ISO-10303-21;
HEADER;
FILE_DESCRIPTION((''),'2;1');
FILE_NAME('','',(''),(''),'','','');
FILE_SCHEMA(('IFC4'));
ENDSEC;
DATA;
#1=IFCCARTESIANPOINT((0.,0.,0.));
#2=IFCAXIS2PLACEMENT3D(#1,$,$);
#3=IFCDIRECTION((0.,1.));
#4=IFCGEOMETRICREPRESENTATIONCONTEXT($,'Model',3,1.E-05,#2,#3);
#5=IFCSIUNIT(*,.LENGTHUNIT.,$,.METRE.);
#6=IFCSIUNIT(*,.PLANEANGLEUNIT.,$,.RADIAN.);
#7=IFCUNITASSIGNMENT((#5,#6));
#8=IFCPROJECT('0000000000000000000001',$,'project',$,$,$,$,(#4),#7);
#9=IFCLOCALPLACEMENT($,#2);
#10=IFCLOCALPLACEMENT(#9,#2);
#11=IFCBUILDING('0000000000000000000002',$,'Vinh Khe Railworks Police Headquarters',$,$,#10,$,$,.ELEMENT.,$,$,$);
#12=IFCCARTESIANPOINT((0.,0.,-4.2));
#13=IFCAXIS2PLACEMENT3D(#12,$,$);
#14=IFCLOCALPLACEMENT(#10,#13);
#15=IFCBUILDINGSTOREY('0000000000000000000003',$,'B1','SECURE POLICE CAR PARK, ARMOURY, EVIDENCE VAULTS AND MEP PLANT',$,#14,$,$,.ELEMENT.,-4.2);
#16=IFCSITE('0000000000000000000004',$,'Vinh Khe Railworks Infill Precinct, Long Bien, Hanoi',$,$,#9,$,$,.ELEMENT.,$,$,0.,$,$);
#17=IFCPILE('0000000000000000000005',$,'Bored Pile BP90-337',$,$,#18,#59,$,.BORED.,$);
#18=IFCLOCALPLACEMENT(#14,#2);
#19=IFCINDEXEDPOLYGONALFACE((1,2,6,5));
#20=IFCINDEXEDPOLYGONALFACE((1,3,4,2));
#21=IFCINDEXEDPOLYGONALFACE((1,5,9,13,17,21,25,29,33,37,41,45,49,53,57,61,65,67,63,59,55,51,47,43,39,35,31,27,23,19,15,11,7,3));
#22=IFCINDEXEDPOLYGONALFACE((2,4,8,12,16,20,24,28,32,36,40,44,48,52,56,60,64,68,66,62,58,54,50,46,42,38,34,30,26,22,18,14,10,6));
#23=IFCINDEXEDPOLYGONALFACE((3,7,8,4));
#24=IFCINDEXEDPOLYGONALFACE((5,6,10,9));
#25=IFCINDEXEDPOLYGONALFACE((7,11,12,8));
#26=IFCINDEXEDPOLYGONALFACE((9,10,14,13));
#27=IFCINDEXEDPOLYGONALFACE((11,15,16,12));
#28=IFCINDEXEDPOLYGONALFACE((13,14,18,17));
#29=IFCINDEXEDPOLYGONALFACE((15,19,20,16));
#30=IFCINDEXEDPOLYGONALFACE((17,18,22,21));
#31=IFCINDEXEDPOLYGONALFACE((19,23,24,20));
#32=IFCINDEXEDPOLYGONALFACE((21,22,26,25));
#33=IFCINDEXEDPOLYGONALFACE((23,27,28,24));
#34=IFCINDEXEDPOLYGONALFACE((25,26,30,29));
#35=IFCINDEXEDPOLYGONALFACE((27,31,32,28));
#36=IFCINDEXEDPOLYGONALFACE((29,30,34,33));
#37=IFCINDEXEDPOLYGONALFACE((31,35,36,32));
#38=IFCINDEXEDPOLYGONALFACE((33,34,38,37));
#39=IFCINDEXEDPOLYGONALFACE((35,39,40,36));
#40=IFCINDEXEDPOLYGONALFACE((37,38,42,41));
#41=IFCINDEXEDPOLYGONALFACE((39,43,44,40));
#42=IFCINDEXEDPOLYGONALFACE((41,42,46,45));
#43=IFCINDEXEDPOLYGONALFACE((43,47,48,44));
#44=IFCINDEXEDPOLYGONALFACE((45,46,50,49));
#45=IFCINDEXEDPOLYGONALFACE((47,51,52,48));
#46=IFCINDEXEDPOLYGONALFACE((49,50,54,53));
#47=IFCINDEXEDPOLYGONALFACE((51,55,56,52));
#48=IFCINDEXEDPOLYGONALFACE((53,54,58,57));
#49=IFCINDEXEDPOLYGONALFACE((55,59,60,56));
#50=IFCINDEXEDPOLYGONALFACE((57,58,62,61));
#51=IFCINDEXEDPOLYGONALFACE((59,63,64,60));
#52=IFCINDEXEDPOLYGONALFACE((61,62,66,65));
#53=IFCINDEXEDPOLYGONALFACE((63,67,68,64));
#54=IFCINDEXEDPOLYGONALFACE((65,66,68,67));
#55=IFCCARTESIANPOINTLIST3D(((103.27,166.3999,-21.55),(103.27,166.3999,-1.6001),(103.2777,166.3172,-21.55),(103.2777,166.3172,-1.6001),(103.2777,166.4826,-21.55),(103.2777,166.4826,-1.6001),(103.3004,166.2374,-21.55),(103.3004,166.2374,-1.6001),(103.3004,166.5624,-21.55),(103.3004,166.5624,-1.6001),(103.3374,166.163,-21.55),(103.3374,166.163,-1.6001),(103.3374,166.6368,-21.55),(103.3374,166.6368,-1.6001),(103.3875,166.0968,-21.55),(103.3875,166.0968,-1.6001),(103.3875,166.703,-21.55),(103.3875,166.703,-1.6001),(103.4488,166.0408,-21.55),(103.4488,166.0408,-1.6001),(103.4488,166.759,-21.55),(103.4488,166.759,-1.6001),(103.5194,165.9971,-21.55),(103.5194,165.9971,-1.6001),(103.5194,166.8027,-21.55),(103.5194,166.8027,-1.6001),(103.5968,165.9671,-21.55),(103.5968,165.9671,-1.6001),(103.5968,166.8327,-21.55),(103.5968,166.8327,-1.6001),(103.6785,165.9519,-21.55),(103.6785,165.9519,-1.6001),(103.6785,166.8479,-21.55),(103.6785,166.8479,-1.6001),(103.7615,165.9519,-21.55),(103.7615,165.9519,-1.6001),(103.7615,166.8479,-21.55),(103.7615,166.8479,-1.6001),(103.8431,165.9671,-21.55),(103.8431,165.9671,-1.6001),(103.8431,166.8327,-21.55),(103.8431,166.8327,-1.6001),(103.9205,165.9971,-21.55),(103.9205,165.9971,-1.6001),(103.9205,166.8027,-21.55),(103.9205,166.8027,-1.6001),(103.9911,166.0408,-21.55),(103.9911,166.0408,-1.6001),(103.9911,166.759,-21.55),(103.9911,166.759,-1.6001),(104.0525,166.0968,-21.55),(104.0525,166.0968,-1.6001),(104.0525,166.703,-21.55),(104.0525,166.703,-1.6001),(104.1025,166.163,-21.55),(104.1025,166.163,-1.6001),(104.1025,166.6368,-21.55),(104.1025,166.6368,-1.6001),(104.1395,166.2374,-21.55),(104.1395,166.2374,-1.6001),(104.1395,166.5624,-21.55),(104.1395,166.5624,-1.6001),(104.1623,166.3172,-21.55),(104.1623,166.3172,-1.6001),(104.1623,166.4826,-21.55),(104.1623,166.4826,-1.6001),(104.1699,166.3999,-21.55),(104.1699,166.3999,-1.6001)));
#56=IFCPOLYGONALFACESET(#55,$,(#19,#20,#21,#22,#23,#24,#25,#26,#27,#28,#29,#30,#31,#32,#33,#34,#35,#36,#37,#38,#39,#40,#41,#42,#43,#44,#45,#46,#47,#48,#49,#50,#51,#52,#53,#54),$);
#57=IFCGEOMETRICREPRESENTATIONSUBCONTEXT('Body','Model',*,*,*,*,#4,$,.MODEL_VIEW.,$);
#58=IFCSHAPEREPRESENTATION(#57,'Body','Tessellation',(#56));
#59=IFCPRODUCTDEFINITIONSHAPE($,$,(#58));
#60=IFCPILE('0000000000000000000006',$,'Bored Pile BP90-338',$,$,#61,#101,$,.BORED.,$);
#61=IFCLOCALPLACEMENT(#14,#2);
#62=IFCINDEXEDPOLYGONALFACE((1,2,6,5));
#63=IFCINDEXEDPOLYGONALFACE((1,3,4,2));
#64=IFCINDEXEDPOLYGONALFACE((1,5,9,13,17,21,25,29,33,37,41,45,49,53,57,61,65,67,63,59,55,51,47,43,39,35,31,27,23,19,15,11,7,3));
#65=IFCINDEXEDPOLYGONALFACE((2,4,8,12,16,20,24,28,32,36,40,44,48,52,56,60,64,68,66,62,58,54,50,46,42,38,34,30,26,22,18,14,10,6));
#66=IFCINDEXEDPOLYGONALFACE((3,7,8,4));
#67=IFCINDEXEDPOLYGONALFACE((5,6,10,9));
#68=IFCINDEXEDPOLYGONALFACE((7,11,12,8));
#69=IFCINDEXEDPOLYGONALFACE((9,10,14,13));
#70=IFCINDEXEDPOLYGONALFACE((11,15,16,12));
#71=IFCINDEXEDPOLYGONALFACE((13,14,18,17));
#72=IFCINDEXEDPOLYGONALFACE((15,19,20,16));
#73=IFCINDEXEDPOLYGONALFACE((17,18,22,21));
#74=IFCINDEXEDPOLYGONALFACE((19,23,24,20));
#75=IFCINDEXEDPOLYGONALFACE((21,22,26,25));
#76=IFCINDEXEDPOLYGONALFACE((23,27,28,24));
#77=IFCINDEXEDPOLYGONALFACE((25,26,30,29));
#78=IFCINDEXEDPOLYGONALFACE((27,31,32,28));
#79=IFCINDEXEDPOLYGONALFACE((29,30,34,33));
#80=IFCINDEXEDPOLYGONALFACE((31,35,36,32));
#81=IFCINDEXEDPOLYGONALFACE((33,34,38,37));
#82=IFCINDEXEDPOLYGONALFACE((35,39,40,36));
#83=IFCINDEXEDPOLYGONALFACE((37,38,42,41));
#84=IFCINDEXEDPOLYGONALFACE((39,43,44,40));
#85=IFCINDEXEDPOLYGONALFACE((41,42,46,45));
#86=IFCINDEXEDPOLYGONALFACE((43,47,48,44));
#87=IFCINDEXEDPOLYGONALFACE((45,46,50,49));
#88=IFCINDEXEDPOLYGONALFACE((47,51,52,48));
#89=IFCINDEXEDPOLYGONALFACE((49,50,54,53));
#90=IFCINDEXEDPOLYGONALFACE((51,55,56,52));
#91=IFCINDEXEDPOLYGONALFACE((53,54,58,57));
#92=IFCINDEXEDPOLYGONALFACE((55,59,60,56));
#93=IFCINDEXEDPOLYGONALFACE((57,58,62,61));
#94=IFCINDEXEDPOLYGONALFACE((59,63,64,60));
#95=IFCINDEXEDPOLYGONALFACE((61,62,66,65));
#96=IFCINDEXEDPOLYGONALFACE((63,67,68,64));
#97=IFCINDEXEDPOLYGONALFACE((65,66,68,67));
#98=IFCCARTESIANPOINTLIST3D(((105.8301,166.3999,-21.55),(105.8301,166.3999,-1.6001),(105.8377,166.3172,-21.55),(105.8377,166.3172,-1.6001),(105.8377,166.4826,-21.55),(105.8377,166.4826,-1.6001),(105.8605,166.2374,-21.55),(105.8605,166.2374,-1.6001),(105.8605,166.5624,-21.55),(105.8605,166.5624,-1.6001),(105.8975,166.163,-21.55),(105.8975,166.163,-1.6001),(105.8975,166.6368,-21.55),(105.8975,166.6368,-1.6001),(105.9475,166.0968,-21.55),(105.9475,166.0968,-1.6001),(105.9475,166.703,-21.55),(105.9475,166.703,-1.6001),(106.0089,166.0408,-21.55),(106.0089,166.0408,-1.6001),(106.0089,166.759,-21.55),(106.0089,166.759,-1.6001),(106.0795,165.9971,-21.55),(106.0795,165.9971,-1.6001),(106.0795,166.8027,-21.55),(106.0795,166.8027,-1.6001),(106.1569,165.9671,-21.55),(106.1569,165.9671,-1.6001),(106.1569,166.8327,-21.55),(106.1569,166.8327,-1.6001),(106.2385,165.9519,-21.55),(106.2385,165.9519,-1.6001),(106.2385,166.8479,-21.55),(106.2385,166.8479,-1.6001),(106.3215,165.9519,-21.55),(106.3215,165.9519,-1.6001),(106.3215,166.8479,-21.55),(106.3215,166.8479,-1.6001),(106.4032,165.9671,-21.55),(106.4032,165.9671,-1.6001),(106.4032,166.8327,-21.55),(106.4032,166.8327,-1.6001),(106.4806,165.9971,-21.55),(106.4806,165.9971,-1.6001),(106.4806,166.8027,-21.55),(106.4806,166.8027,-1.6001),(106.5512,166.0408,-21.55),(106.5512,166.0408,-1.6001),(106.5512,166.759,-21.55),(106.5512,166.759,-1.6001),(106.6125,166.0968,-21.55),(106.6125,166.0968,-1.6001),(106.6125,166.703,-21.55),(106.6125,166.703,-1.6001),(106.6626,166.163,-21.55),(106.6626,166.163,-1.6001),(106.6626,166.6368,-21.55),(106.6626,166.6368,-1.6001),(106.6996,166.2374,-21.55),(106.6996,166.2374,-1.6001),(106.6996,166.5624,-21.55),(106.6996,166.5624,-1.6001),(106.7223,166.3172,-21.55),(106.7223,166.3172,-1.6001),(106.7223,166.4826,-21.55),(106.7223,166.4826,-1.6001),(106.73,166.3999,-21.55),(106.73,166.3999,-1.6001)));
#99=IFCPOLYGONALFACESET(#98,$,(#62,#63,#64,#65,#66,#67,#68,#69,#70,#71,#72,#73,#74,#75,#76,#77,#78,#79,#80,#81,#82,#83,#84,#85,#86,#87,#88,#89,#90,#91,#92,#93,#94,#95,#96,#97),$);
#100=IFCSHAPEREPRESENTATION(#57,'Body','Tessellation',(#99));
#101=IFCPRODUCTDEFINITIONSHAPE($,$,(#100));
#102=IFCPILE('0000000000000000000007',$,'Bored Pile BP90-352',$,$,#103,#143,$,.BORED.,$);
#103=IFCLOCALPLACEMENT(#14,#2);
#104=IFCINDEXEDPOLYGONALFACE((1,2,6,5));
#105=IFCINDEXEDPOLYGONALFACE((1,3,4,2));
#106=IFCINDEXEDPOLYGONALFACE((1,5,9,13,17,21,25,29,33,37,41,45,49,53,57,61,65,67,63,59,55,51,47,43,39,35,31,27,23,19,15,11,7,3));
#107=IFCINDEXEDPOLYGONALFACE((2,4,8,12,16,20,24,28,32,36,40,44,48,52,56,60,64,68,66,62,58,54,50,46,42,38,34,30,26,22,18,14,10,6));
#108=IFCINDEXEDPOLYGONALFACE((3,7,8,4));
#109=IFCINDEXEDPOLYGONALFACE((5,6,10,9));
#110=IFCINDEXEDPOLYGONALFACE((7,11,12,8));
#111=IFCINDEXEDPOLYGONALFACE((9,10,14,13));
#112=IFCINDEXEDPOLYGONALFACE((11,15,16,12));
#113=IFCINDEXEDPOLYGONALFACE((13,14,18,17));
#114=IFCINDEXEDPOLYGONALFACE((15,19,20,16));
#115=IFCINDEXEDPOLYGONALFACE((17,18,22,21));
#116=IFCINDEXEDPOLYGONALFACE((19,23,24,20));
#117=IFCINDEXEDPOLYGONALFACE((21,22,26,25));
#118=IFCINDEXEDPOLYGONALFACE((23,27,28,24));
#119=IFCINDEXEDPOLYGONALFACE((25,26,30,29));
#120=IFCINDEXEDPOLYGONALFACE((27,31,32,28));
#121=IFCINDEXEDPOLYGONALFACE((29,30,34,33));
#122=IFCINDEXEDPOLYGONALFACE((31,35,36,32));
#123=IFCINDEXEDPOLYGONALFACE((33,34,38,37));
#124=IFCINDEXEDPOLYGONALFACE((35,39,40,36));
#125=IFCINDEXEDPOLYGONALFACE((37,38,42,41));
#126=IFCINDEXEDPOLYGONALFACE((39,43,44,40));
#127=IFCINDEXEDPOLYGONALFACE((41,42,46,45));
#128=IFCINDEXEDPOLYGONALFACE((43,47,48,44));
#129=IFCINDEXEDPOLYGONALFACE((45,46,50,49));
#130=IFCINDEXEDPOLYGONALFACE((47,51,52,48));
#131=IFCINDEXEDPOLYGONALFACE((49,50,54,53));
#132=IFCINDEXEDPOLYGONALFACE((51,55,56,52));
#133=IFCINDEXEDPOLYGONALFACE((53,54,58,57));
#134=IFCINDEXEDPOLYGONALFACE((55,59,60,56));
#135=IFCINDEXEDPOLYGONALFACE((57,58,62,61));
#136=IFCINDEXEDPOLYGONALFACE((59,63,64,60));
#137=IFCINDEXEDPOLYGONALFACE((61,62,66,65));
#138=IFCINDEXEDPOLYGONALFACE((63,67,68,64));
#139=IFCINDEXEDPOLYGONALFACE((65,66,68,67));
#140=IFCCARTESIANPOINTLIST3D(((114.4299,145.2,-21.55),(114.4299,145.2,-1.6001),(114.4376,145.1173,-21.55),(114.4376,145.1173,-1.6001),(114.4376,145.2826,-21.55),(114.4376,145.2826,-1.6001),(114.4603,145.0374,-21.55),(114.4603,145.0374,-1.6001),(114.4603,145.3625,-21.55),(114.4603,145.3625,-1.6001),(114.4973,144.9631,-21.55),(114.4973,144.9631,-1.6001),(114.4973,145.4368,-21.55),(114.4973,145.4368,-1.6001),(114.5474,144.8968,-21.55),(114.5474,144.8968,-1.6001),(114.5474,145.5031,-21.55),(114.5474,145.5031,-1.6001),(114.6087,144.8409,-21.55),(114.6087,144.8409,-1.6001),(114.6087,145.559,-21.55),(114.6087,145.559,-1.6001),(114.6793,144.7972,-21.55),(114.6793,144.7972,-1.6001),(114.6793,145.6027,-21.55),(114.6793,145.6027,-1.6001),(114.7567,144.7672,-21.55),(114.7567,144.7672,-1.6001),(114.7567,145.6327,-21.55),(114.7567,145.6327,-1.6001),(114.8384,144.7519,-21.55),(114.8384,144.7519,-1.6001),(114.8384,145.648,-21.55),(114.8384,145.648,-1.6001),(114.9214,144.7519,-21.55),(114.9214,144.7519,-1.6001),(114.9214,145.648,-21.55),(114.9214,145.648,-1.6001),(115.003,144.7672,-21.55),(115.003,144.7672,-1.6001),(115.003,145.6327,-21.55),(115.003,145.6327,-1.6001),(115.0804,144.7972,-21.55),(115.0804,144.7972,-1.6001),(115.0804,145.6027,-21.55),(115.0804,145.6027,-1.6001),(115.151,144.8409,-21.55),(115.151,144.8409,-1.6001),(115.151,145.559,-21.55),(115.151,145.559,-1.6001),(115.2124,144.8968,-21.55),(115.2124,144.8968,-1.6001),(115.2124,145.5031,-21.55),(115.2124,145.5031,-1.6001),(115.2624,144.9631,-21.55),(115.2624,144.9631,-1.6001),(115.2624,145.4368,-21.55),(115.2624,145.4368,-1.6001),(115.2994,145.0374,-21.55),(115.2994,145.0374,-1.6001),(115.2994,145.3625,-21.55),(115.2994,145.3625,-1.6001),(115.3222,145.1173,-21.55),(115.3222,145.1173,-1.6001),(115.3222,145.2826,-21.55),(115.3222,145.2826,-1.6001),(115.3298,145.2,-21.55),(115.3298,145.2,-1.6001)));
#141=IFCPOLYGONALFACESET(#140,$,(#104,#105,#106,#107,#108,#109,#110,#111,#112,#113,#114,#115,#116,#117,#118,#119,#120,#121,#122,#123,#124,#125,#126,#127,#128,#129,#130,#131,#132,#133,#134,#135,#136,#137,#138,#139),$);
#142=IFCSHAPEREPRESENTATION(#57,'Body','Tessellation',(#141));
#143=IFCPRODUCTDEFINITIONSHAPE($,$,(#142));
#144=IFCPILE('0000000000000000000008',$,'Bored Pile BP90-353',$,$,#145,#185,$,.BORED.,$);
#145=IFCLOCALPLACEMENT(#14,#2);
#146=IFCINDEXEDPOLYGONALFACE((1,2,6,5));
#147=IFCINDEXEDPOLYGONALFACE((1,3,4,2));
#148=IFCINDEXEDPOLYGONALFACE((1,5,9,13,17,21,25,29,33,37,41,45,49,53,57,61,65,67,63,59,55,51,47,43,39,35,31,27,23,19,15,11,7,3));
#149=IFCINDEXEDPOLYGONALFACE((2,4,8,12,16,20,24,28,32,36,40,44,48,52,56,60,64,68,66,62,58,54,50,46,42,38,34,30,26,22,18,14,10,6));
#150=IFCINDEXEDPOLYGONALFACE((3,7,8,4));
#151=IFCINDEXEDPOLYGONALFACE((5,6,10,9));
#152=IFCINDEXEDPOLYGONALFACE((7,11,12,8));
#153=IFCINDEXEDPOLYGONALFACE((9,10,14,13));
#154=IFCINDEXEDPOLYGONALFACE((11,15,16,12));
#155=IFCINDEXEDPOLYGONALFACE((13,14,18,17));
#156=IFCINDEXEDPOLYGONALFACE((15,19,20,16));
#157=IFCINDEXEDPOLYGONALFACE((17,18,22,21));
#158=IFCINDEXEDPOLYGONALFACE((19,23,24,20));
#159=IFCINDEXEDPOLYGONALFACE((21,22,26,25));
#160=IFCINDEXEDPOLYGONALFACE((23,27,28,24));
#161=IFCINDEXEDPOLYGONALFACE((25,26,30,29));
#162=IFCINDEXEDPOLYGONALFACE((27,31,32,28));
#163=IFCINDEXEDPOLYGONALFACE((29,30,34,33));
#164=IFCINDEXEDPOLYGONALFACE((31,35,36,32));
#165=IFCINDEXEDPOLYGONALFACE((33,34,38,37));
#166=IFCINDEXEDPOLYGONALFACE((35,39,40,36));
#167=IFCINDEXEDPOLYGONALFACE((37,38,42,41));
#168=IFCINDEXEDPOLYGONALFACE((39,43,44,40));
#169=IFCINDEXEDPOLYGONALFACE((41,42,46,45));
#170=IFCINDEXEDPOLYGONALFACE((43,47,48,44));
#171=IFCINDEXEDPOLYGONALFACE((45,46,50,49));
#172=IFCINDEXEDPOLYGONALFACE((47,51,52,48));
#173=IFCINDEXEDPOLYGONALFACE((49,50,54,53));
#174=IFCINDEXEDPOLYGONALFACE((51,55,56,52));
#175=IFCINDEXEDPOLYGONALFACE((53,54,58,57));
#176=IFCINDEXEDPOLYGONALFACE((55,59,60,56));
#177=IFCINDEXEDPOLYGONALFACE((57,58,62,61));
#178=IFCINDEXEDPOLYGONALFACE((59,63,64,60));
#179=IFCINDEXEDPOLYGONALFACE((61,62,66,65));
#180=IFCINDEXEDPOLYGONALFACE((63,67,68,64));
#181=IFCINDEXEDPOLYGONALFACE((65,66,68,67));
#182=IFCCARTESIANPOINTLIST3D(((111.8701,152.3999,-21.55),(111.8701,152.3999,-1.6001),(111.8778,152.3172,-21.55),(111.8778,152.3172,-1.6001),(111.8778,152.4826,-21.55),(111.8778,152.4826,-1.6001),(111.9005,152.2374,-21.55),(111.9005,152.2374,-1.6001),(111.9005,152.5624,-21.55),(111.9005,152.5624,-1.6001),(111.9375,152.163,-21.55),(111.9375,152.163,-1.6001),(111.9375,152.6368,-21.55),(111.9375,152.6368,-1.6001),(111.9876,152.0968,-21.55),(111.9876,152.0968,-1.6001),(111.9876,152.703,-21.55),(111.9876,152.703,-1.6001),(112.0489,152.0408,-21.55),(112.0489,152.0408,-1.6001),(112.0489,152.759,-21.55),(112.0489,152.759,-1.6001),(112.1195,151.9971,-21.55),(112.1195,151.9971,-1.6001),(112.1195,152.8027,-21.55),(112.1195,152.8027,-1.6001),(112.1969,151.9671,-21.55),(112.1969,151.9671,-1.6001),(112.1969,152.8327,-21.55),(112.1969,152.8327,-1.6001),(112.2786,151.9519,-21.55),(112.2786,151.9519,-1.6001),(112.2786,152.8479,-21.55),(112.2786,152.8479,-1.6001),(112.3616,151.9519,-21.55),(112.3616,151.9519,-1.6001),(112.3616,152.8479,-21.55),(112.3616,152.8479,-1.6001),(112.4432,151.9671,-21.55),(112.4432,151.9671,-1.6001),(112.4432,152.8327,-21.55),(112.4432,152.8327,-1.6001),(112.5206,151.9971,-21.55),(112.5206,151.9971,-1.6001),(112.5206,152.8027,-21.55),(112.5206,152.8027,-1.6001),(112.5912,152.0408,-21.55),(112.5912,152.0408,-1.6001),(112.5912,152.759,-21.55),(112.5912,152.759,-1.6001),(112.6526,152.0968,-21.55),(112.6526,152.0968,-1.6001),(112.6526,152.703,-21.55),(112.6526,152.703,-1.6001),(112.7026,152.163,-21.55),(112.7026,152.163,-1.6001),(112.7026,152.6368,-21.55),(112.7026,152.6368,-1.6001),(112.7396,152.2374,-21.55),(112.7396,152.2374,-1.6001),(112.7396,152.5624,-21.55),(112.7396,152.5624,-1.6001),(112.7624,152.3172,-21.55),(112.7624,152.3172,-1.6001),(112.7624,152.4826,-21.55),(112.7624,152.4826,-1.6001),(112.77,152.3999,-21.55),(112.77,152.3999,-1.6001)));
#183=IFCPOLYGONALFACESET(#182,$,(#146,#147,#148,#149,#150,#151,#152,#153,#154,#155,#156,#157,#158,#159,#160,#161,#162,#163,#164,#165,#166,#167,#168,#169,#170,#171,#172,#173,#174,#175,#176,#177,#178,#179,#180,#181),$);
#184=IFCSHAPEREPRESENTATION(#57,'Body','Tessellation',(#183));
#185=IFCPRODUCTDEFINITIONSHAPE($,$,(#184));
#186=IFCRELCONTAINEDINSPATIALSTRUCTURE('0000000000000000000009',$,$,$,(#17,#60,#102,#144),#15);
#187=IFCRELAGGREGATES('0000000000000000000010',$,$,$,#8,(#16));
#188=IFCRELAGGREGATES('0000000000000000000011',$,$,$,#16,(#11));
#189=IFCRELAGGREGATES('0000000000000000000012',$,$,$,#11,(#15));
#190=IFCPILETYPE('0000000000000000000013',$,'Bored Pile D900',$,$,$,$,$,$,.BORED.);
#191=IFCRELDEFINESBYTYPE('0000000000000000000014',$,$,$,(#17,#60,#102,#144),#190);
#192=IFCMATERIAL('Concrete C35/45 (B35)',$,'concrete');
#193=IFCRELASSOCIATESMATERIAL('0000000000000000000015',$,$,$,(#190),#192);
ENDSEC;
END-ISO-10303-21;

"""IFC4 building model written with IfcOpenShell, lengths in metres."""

from ifc_helpers import new_model, si_unit, direction, frame, origin, origin_2d, place, context, subcontext, project, spatial, circle, extrude, material, material_profile, profile_set, type_object, element, save


model = new_model("IFC4")

# Units and contexts
model_context = context("Model", 3, precision=1e-05, world=origin(), true_north=direction((0.0, 1.0)))
body_context = subcontext(model_context, "Body", "Model", "MODEL_VIEW")
ifc_project = project(units=[si_unit("LENGTHUNIT", "METRE"), si_unit("PLANEANGLEUNIT", "RADIAN")], contexts=[model_context])

# Site, building, storey
site_placement = place(None, origin())
site = spatial("IfcSite", under=ifc_project, at=site_placement, Name="Vinh Khe Railworks Infill Precinct, Long Bien, Hanoi", CompositionType="ELEMENT", RefElevation=0.0)
building_placement = place(site_placement, origin())
building = spatial("IfcBuilding", under=site, at=building_placement, Name="Vinh Khe Railworks Police Headquarters", CompositionType="ELEMENT")
storey_placement = place(building_placement, frame((0.0, 0.0, -4.2)))
storey = spatial("IfcBuildingStorey", under=building, at=storey_placement, Name="B1", Description="SECURE POLICE CAR PARK, ARMOURY, EVIDENCE VAULTS AND MEP PLANT", CompositionType="ELEMENT", Elevation=-4.2)

# Piles
ifc_material_1 = material(Name="Concrete C35/45 (B35)", Category="concrete")
ifc_material_profile_1 = material_profile(ifc_material_1, circle(Radius=0.45, at=origin_2d()), Name="BORED PILE D900")
ifc_profile_set_1 = profile_set([ifc_material_profile_1], Name="Concrete C35/45 (B35)")
pile_type = type_object("IfcPileType", Name="Bored Pile D900", PredefinedType="BORED", material=ifc_profile_set_1)
for number, where, z_axis, x_axis, name in (
    (1, (103.72, 166.3999, -1.6001), (0.0, 0.0, -1.0), (1.0, 0.0, 0.0), "Bored Pile BP90-337"),
    (2, (106.28, 166.3999, -1.6001), (0.0, 0.0, -1.0), (1.0, 0.0, 0.0), "Bored Pile BP90-338"),
    (3, (114.8799, 145.2, -1.6001), (0.0, 0.0, -1.0), (1.0, 0.0, 0.0), "Bored Pile BP90-352"),
    (4, (112.3201, 152.3999, -1.6001), (0.0, 0.0, -1.0), (1.0, 0.0, 0.0), "Bored Pile BP90-353"),
):
    element("IfcPile", number, at=place(storey_placement, frame(where, z_axis=z_axis, x_axis=x_axis)), inside=storey, type_object=pile_type, Name=name, PredefinedType="BORED", context=body_context, shape_type="SweptSolid", body=[
        extrude(circle(Radius=0.45, at=origin_2d()), origin(), (0.0, 0.0, 1.0), 19.95),
    ])

save(model, "model.ifc")
